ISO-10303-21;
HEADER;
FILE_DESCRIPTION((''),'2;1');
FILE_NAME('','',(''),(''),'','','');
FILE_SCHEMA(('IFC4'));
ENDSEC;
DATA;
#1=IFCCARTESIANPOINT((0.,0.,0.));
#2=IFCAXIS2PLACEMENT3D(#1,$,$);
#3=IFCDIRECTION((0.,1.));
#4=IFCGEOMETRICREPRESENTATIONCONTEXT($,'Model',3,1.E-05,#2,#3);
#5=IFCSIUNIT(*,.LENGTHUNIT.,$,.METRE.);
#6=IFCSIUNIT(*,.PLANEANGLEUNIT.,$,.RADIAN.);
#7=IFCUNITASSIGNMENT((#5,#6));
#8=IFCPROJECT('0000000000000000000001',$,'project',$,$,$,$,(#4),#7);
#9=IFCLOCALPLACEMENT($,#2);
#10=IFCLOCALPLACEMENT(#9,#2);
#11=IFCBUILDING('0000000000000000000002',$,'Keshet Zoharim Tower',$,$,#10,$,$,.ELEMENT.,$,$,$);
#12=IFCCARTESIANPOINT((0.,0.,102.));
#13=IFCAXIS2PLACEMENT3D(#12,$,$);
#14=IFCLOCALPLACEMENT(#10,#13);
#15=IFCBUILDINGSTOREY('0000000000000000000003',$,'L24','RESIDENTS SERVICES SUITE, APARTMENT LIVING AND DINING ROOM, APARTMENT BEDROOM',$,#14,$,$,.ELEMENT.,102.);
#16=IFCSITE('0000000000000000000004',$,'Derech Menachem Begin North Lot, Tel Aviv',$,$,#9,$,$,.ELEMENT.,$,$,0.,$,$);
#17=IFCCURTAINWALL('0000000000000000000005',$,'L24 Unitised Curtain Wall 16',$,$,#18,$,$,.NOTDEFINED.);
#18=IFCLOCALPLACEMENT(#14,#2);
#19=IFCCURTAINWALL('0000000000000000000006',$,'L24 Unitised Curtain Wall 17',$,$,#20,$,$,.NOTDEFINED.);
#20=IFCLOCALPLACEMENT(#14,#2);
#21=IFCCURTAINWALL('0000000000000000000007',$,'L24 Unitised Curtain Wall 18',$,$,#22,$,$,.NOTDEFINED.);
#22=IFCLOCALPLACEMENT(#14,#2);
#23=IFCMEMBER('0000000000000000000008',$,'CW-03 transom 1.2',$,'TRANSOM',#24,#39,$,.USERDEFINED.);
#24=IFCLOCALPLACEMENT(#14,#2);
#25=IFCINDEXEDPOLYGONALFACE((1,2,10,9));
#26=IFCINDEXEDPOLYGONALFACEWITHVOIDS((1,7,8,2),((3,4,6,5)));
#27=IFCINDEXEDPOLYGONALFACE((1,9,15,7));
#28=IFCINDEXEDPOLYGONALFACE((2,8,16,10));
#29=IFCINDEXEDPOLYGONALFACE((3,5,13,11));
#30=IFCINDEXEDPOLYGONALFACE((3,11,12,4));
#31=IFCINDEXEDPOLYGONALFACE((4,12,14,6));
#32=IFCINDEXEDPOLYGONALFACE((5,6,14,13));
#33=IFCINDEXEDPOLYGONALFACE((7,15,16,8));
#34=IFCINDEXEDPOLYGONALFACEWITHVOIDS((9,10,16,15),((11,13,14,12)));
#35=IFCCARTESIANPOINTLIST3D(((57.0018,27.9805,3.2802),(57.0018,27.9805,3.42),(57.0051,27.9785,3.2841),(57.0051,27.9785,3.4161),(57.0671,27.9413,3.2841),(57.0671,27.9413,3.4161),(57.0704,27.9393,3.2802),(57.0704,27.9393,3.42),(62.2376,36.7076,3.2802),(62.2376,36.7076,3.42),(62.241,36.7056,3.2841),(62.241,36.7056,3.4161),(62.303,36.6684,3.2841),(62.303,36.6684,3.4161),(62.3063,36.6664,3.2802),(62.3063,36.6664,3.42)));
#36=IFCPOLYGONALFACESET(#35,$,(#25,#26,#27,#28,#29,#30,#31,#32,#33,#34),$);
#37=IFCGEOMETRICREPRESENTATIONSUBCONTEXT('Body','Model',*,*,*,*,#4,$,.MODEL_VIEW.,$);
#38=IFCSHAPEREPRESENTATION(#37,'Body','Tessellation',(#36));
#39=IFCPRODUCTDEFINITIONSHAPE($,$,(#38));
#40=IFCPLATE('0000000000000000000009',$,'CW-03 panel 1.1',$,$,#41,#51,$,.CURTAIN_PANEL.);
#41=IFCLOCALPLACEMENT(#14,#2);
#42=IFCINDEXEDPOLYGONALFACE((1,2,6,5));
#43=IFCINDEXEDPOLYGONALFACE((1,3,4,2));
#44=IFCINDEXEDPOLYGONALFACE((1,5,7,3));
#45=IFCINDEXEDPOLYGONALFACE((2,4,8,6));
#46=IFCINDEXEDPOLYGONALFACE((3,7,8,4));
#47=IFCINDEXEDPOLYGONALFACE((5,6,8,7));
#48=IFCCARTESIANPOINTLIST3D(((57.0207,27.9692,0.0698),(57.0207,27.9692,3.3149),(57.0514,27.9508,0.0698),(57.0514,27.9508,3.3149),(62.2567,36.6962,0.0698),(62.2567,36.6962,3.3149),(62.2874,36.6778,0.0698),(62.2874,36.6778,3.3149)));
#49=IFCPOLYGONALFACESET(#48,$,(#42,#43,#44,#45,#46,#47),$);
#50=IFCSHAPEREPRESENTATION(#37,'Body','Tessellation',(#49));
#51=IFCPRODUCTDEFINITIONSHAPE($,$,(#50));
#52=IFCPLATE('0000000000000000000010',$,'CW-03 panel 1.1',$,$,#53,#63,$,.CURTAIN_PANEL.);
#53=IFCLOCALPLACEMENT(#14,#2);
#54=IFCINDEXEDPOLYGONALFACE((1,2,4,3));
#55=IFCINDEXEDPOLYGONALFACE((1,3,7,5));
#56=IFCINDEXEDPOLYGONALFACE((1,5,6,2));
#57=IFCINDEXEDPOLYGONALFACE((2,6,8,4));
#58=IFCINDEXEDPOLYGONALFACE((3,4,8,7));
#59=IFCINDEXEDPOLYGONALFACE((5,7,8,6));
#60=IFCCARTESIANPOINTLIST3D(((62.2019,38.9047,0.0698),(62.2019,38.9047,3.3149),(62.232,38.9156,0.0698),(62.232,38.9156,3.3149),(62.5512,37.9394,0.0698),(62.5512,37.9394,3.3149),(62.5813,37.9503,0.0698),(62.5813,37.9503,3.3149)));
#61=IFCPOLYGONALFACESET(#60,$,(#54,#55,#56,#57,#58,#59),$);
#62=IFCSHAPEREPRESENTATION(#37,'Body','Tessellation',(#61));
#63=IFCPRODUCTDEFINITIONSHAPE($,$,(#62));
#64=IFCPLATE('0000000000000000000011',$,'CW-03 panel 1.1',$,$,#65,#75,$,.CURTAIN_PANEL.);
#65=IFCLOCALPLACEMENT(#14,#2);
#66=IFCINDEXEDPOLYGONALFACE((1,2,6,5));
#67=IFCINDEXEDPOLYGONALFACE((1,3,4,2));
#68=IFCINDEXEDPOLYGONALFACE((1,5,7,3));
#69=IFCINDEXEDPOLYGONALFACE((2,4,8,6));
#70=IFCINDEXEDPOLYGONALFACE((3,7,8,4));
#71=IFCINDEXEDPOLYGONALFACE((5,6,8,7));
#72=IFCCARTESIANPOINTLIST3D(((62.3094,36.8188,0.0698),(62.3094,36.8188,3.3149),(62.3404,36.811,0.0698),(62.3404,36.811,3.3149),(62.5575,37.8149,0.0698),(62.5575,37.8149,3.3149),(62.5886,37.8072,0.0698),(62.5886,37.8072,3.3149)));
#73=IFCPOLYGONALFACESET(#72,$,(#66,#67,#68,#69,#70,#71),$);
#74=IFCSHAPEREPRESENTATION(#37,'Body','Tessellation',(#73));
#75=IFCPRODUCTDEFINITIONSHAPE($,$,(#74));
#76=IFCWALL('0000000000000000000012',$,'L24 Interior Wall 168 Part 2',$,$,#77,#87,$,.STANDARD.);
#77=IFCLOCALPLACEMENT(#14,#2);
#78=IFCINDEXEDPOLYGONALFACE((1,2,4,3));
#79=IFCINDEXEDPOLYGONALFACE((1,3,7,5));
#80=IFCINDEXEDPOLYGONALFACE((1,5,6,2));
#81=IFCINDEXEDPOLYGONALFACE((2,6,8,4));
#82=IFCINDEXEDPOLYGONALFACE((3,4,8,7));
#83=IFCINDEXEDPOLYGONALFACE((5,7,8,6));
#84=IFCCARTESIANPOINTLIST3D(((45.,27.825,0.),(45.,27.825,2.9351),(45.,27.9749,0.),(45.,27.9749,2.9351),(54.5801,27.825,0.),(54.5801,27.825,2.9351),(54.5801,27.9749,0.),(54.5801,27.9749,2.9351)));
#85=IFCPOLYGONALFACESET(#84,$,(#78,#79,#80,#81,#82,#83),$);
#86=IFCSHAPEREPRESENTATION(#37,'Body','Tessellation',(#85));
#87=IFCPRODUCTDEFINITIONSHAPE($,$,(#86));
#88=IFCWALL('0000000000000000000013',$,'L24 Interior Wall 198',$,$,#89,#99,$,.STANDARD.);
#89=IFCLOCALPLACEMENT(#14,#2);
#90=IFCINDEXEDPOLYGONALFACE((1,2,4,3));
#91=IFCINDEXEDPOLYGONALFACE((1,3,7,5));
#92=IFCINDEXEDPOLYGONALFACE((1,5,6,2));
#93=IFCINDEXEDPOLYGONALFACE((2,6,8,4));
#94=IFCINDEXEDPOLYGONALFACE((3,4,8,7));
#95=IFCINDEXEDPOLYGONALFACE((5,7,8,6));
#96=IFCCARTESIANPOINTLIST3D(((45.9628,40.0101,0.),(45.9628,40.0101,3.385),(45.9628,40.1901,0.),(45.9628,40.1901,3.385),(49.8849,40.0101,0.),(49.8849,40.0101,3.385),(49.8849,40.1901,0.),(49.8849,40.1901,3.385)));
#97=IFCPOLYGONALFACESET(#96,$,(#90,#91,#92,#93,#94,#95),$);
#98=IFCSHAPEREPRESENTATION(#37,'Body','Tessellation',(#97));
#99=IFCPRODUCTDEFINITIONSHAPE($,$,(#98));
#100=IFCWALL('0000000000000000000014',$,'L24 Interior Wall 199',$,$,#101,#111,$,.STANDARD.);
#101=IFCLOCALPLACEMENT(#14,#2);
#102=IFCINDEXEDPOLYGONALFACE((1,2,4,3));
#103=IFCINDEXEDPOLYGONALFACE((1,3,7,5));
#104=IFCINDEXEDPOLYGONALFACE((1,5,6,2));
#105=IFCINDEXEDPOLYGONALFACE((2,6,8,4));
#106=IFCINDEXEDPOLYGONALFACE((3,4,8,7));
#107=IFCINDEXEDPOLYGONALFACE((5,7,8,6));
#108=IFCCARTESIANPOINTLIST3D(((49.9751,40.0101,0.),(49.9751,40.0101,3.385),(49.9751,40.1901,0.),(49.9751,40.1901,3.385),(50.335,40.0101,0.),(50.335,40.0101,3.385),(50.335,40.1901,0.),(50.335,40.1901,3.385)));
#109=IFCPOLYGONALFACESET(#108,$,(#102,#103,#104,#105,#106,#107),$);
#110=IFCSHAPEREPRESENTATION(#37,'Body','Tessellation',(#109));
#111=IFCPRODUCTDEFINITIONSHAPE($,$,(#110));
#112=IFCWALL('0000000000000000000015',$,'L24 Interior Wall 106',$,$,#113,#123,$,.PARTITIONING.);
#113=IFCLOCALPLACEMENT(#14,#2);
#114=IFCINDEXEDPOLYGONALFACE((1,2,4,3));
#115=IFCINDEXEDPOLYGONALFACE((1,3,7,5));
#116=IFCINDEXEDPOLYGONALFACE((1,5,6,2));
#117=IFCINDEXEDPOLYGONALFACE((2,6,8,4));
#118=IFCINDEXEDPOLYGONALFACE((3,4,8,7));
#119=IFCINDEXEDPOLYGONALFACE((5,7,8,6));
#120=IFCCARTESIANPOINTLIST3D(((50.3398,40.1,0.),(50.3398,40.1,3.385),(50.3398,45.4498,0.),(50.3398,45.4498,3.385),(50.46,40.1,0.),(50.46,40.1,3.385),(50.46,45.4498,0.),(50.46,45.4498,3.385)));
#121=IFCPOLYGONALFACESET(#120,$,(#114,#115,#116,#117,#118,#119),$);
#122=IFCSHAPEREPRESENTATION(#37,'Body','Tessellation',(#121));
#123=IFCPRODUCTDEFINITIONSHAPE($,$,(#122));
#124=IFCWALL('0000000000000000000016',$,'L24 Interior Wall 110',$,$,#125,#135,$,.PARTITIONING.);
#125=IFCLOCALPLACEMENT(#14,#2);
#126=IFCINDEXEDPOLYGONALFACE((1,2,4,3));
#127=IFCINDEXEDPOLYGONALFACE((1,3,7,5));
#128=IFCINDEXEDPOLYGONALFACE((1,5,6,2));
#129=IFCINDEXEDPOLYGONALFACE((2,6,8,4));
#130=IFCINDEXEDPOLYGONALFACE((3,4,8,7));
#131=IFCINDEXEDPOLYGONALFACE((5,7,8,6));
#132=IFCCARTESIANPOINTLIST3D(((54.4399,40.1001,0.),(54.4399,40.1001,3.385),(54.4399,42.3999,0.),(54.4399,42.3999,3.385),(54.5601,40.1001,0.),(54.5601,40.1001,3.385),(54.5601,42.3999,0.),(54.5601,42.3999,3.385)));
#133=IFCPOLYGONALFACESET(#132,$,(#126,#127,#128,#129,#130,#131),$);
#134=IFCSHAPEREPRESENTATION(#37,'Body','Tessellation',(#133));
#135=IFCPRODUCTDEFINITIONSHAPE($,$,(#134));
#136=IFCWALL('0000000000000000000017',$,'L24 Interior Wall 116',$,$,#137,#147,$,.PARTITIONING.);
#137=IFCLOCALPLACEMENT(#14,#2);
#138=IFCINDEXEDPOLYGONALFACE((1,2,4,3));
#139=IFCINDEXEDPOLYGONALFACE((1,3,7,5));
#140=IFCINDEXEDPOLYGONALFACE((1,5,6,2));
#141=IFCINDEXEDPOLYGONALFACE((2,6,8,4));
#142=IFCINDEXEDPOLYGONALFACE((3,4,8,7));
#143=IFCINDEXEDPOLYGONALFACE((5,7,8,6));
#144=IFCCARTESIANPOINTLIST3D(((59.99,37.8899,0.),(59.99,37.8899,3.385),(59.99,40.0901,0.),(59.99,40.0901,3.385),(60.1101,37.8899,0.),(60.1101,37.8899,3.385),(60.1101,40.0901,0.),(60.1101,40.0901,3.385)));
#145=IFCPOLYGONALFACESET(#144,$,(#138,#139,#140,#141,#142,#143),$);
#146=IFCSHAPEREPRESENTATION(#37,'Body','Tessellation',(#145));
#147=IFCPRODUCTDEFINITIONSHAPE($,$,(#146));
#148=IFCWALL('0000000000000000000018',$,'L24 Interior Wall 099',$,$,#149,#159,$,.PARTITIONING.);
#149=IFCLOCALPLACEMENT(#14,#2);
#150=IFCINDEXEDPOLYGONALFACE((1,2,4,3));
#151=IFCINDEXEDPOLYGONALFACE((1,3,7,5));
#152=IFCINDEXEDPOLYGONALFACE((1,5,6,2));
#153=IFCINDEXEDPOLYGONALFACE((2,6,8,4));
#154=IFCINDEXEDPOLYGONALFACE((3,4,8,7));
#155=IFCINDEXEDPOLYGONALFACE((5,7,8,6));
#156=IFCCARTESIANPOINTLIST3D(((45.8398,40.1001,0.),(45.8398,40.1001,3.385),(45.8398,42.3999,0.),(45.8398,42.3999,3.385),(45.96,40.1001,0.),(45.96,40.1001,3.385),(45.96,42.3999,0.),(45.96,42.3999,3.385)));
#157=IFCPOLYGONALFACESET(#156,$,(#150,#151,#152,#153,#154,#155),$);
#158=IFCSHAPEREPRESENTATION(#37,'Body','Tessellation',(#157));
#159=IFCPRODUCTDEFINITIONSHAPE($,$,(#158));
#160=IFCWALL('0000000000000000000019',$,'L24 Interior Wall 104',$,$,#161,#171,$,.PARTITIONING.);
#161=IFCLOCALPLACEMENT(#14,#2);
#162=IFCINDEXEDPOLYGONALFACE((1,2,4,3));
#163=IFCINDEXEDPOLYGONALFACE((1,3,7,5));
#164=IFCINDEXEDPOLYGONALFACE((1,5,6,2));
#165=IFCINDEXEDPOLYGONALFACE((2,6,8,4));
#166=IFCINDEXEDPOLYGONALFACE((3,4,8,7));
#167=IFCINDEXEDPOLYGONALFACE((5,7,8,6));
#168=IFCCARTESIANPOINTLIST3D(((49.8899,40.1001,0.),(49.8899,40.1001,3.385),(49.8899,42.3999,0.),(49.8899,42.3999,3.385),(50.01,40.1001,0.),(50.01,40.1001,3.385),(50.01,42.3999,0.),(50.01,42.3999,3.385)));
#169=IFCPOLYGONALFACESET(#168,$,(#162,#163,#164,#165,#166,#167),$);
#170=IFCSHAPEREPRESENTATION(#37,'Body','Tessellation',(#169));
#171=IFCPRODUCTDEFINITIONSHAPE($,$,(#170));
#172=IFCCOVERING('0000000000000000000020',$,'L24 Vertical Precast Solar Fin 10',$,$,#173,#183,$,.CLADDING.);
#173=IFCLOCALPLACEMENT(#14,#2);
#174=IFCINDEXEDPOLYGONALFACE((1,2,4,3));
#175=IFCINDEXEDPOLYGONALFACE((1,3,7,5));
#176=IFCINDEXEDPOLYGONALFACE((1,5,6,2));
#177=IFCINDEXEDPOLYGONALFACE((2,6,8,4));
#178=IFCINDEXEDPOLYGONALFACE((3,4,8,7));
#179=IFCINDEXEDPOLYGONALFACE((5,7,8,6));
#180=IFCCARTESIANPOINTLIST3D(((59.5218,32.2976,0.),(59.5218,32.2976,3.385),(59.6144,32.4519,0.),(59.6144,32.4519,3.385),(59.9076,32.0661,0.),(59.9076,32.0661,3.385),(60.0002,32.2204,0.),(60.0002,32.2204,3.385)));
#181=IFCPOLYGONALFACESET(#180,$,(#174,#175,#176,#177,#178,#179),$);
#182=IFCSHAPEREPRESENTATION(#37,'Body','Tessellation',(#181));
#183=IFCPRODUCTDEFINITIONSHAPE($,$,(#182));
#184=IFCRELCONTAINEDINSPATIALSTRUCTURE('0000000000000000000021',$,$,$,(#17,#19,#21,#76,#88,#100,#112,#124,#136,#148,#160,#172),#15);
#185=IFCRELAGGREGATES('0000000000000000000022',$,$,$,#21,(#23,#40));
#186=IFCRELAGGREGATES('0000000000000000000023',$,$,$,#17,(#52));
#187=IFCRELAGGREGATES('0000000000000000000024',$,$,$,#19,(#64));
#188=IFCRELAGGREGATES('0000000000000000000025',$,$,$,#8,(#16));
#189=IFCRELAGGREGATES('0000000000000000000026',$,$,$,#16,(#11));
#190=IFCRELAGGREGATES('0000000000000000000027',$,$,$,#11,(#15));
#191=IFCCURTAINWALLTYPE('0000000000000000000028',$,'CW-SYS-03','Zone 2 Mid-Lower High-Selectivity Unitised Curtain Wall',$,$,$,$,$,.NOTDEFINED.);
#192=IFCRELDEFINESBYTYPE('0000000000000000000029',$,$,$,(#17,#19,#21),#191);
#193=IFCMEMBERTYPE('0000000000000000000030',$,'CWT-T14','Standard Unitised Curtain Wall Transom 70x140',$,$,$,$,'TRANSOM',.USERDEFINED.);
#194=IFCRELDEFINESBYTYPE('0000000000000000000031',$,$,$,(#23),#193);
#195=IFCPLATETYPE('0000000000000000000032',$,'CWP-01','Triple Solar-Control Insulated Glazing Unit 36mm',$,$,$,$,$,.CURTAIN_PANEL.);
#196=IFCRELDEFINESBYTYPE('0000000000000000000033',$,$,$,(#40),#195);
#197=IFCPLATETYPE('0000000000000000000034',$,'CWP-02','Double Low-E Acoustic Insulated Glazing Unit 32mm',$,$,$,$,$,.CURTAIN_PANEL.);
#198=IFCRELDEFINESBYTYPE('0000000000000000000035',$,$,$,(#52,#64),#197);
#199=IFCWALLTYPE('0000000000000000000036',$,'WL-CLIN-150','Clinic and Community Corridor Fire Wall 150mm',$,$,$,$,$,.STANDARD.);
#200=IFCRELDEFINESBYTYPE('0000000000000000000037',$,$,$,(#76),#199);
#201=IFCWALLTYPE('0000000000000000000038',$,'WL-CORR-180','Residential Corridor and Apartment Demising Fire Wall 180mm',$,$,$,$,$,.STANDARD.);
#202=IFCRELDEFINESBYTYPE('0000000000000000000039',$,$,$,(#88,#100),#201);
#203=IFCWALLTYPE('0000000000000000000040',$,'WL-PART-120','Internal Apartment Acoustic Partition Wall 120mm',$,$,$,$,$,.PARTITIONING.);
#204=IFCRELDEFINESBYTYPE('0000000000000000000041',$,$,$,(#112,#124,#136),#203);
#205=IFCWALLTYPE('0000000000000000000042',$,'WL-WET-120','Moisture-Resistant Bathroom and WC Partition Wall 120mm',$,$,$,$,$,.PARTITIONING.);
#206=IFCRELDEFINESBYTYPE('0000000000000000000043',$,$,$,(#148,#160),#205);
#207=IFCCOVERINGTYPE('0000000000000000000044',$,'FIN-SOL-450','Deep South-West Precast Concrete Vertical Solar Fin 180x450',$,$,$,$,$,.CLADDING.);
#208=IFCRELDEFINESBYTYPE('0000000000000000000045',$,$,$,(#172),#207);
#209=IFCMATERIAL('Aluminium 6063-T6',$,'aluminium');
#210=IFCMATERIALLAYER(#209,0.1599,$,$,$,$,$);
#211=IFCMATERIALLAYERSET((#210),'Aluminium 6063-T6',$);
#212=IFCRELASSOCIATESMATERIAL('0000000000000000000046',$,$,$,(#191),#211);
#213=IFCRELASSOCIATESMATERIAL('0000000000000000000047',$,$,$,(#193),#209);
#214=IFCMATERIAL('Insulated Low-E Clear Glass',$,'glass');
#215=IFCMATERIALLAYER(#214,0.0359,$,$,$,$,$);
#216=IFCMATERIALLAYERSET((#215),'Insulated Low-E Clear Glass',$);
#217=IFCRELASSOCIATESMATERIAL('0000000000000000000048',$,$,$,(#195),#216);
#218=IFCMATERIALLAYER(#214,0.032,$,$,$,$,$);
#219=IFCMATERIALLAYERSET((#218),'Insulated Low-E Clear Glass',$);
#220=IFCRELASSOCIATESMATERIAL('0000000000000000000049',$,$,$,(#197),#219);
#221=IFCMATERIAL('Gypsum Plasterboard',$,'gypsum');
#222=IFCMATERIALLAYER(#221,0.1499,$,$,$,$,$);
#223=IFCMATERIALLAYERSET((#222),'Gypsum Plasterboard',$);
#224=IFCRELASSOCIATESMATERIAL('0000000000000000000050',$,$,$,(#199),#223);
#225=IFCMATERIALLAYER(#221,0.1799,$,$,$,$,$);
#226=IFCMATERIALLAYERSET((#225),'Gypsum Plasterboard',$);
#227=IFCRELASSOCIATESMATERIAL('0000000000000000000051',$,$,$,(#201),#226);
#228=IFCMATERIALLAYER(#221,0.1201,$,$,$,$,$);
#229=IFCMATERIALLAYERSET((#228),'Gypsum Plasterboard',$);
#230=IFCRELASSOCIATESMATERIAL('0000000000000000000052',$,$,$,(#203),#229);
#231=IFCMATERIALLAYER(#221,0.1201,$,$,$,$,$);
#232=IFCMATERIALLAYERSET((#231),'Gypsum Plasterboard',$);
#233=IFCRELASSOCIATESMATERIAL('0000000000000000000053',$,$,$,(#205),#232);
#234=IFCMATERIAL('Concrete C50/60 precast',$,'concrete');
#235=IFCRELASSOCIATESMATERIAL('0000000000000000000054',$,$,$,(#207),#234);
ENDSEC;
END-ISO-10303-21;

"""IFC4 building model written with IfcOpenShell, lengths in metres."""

from ifc_helpers import new_model, si_unit, direction, frame, frame_2d, origin, origin_2d, place, context, subcontext, project, spatial, rectangle, hollow_rectangle, extrude, material, layer, layer_set, material_profile, profile_set, type_object, element, aggregate, save


model = new_model("IFC4")

# Units and contexts
model_context = context("Model", 3, precision=1e-05, world=origin(), true_north=direction((0.0, 1.0)))
body_context = subcontext(model_context, "Body", "Model", "MODEL_VIEW")
ifc_project = project(units=[si_unit("LENGTHUNIT", "METRE"), si_unit("PLANEANGLEUNIT", "RADIAN")], contexts=[model_context])

# Site, building, storey
site_placement = place(None, origin())
site = spatial("IfcSite", under=ifc_project, at=site_placement, Name="Derech Menachem Begin North Lot, Tel Aviv", CompositionType="ELEMENT", RefElevation=0.0)
building_placement = place(site_placement, origin())
building = spatial("IfcBuilding", under=site, at=building_placement, Name="Keshet Zoharim Tower", CompositionType="ELEMENT")
storey_placement = place(building_placement, frame((0.0, 0.0, 102.0)))
storey = spatial("IfcBuildingStorey", under=building, at=storey_placement, Name="L24", Description="RESIDENTS SERVICES SUITE, APARTMENT LIVING AND DINING ROOM, APARTMENT BEDROOM", CompositionType="ELEMENT", Elevation=102.0)

# Shared definitions
ifc_material_1 = material(Name="Aluminium 6063-T6", Category="aluminium")
ifc_layer_1 = layer(ifc_material_1, 0.1599)
ifc_layer_set_1 = layer_set([ifc_layer_1], Name="Aluminium 6063-T6")
curtain_wall_type = type_object("IfcCurtainWallType", Name="CW-SYS-03", Description="Zone 2 Mid-Lower High-Selectivity Unitised Curtain Wall", PredefinedType="NOTDEFINED", material=ifc_layer_set_1)

# Curtain walls
curtain_wall_1_placement = place(storey_placement, origin())
curtain_wall_1 = element("IfcCurtainWall", 1, at=curtain_wall_1_placement, inside=storey, type_object=curtain_wall_type, Name="L24 Unitised Curtain Wall 16", PredefinedType="NOTDEFINED")
curtain_wall_2_placement = place(storey_placement, origin())
curtain_wall_2 = element("IfcCurtainWall", 2, at=curtain_wall_2_placement, inside=storey, type_object=curtain_wall_type, Name="L24 Unitised Curtain Wall 17", PredefinedType="NOTDEFINED")
curtain_wall_3_placement = place(storey_placement, origin())
curtain_wall_3 = element("IfcCurtainWall", 3, at=curtain_wall_3_placement, inside=storey, type_object=curtain_wall_type, Name="L24 Unitised Curtain Wall 18", PredefinedType="NOTDEFINED")

# Member
ifc_material_profile_1 = material_profile(ifc_material_1, hollow_rectangle(XDim=0.0801, YDim=0.1399, WallThickness=0.0039, at=origin_2d()), Name="TRN-80x140")
ifc_profile_set_1 = profile_set([ifc_material_profile_1], Name="Aluminium 6063-T6")
member_type_1 = type_object("IfcMemberType", Name="CWT-T14", Description="Standard Unitised Curtain Wall Transom 70x140", ElementType="TRANSOM", PredefinedType="USERDEFINED", material=ifc_profile_set_1)
member_1_placement = place(storey_placement, frame((62.272, 36.687, 3.3501), z_axis=(-0.514468, -0.85751, 0.0), x_axis=(0.85751, -0.514468, 0.0)))
member_1 = element("IfcMember", 4, at=member_1_placement, type_object=member_type_1, Name="CW-03 transom 1.2", ObjectType="TRANSOM", PredefinedType="USERDEFINED", context=body_context, shape_type="SweptSolid", body=[
    extrude(hollow_rectangle(XDim=0.0801, YDim=0.1399, WallThickness=0.0039, at=origin_2d()), origin(), (0.0, 0.0, 1.0), 10.1772),
])

# Plates
ifc_material_2 = material(Name="Insulated Low-E Clear Glass", Category="glass")
ifc_layer_2 = layer(ifc_material_2, 0.0359)
ifc_layer_set_2 = layer_set([ifc_layer_2], Name="Insulated Low-E Clear Glass")
plate_type_1 = type_object("IfcPlateType", Name="CWP-01", Description="Triple Solar-Control Insulated Glazing Unit 36mm", PredefinedType="CURTAIN_PANEL", material=ifc_layer_set_2)
plate_1_placement = place(storey_placement, frame((59.6541, 32.3235, 0.0698), z_axis=(0.0, 0.0, 1.0), x_axis=(-0.514482, -0.857501, 0.0)))
plate_1 = element("IfcPlate", 5, at=plate_1_placement, type_object=plate_type_1, Name="CW-03 panel 1.1", PredefinedType="CURTAIN_PANEL", context=body_context, shape_type="SweptSolid", body=[
    extrude(rectangle(XDim=10.1772, YDim=0.0359, at=origin_2d()), origin(), (0.0, 0.0, 1.0), 3.2451),
])
aggregate(curtain_wall_3, [member_1, plate_1])
ifc_layer_3 = layer(ifc_material_2, 0.032)
ifc_layer_set_3 = layer_set([ifc_layer_3], Name="Insulated Low-E Clear Glass")
plate_type_2 = type_object("IfcPlateType", Name="CWP-02", Description="Double Low-E Acoustic Insulated Glazing Unit 32mm", PredefinedType="CURTAIN_PANEL", material=ifc_layer_set_3)
plate_2_placement = place(storey_placement, frame((62.3916, 38.4275, 0.0698), z_axis=(0.0, 0.0, 1.0), x_axis=(0.340297, -0.940318, 0.0)))
plate_2 = element("IfcPlate", 6, at=plate_2_placement, type_object=plate_type_2, Name="CW-03 panel 1.1", PredefinedType="CURTAIN_PANEL", context=body_context, shape_type="SweptSolid", body=[
    extrude(rectangle(XDim=1.0266, YDim=0.032, at=origin_2d()), origin(), (0.0, 0.0, 1.0), 3.2451),
])
aggregate(curtain_wall_1, [plate_2])
plate_3_placement = place(storey_placement, frame((62.449, 37.313, 0.0698), z_axis=(0.0, 0.0, 1.0), x_axis=(-0.241729, -0.970344, 0.0)))
plate_3 = element("IfcPlate", 7, at=plate_3_placement, type_object=plate_type_2, Name="CW-03 panel 1.1", PredefinedType="CURTAIN_PANEL", context=body_context, shape_type="SweptSolid", body=[
    extrude(rectangle(XDim=1.0266, YDim=0.032, at=origin_2d()), origin(), (0.0, 0.0, 1.0), 3.2451),
])
aggregate(curtain_wall_2, [plate_3])

# Walls
ifc_material_3 = material(Name="Gypsum Plasterboard", Category="gypsum")
ifc_layer_4 = layer(ifc_material_3, 0.1499)
ifc_layer_set_4 = layer_set([ifc_layer_4], Name="Gypsum Plasterboard")
wall_type_1 = type_object("IfcWallType", Name="WL-CLIN-150", Description="Clinic and Community Corridor Fire Wall 150mm", PredefinedType="STANDARD", material=ifc_layer_set_4)
wall_1_placement = place(storey_placement, frame((45.0, 27.8999, 0.0), z_axis=(0.0, 0.0, 1.0), x_axis=(1.0, 0.0, 0.0)))
element("IfcWall", 8, at=wall_1_placement, inside=storey, type_object=wall_type_1, Name="L24 Interior Wall 168 Part 2", PredefinedType="STANDARD", context=body_context, shape_type="SweptSolid", body=[
    extrude(rectangle(XDim=9.5801, YDim=0.1499, at=frame_2d((4.79, 0.0))), origin(), (0.0, 0.0, 1.0), 2.9351),
])
ifc_layer_5 = layer(ifc_material_3, 0.1799)
ifc_layer_set_5 = layer_set([ifc_layer_5], Name="Gypsum Plasterboard")
wall_type_2 = type_object("IfcWallType", Name="WL-CORR-180", Description="Residential Corridor and Apartment Demising Fire Wall 180mm", PredefinedType="STANDARD", material=ifc_layer_set_5)
wall_2_placement = place(storey_placement, frame((45.9629, 40.1001, 0.0), z_axis=(0.0, 0.0, 1.0), x_axis=(1.0, 0.0, 0.0)))
element("IfcWall", 9, at=wall_2_placement, inside=storey, type_object=wall_type_2, Name="L24 Interior Wall 198", PredefinedType="STANDARD", context=body_context, shape_type="SweptSolid", body=[
    extrude(rectangle(XDim=3.9221, YDim=0.1799, at=frame_2d((1.9609, 0.0))), origin(), (0.0, 0.0, 1.0), 3.385),
])
wall_3_placement = place(storey_placement, frame((49.9751, 40.1001, 0.0), z_axis=(0.0, 0.0, 1.0), x_axis=(1.0, 0.0, 0.0)))
element("IfcWall", 10, at=wall_3_placement, inside=storey, type_object=wall_type_2, Name="L24 Interior Wall 199", PredefinedType="STANDARD", context=body_context, shape_type="SweptSolid", body=[
    extrude(rectangle(XDim=0.3599, YDim=0.1799, at=frame_2d((0.1799, 0.0))), origin(), (0.0, 0.0, 1.0), 3.385),
])

# Walls
ifc_layer_6 = layer(ifc_material_3, 0.1201)
ifc_layer_set_6 = layer_set([ifc_layer_6], Name="Gypsum Plasterboard")
wall_type_3 = type_object("IfcWallType", Name="WL-PART-120", Description="Internal Apartment Acoustic Partition Wall 120mm", PredefinedType="PARTITIONING", material=ifc_layer_set_6)
wall_4_placement = place(storey_placement, frame((50.3999, 40.1001, 0.0), z_axis=(0.0, 0.0, 1.0), x_axis=(0.0, 1.0, 0.0)))
element("IfcWall", 11, at=wall_4_placement, inside=storey, type_object=wall_type_3, Name="L24 Interior Wall 106", PredefinedType="PARTITIONING", context=body_context, shape_type="SweptSolid", body=[
    extrude(rectangle(XDim=5.3499, YDim=0.1201, at=frame_2d((2.6748, 0.0))), origin(), (0.0, 0.0, 1.0), 3.385),
])
wall_5_placement = place(storey_placement, frame((54.5, 40.1001, 0.0), z_axis=(0.0, 0.0, 1.0), x_axis=(0.0, 1.0, 0.0)))
element("IfcWall", 12, at=wall_5_placement, inside=storey, type_object=wall_type_3, Name="L24 Interior Wall 110", PredefinedType="PARTITIONING", context=body_context, shape_type="SweptSolid", body=[
    extrude(rectangle(XDim=2.2998, YDim=0.1201, at=frame_2d((1.1499, 0.0))), origin(), (0.0, 0.0, 1.0), 3.385),
])
wall_6_placement = place(storey_placement, frame((60.05, 37.8899, 0.0), z_axis=(0.0, 0.0, 1.0), x_axis=(0.0, 1.0, 0.0)))
element("IfcWall", 13, at=wall_6_placement, inside=storey, type_object=wall_type_3, Name="L24 Interior Wall 116", PredefinedType="PARTITIONING", context=body_context, shape_type="SweptSolid", body=[
    extrude(rectangle(XDim=2.2002, YDim=0.1201, at=frame_2d((1.1001, 0.0))), origin(), (0.0, 0.0, 1.0), 3.385),
])
ifc_layer_7 = layer(ifc_material_3, 0.1201)
ifc_layer_set_7 = layer_set([ifc_layer_7], Name="Gypsum Plasterboard")
wall_type_4 = type_object("IfcWallType", Name="WL-WET-120", Description="Moisture-Resistant Bathroom and WC Partition Wall 120mm", PredefinedType="PARTITIONING", material=ifc_layer_set_7)
for number, where, z_axis, x_axis, name in (
    (14, (45.8999, 40.1001, 0.0), (0.0, 0.0, 1.0), (0.0, 1.0, 0.0), "L24 Interior Wall 099"),
    (15, (49.95, 40.1001, 0.0), (0.0, 0.0, 1.0), (0.0, 1.0, 0.0), "L24 Interior Wall 104"),
):
    element("IfcWall", number, at=place(storey_placement, frame(where, z_axis=z_axis, x_axis=x_axis)), inside=storey, type_object=wall_type_4, Name=name, PredefinedType="PARTITIONING", context=body_context, shape_type="SweptSolid", body=[
        extrude(rectangle(XDim=2.2998, YDim=0.1201, at=frame_2d((1.1499, 0.0))), origin(), (0.0, 0.0, 1.0), 3.385),
    ])

# Covering
ifc_material_4 = material(Name="Concrete C50/60 precast", Category="concrete")
covering_type = type_object("IfcCoveringType", Name="FIN-SOL-450", Description="Deep South-West Precast Concrete Vertical Solar Fin 180x450", PredefinedType="CLADDING", material=ifc_material_4)
covering_placement = place(storey_placement, frame((59.761, 32.259, 0.0), z_axis=(0.0, 0.0, 1.0), x_axis=(-0.514482, -0.857501, 0.0)))
element("IfcCovering", 16, at=covering_placement, inside=storey, type_object=covering_type, Name="L24 Vertical Precast Solar Fin 10", PredefinedType="CLADDING", context=body_context, shape_type="SweptSolid", body=[
    extrude(rectangle(XDim=0.1799, YDim=0.45, at=origin_2d()), origin(), (0.0, 0.0, 1.0), 3.385),
])

save(model, "model.ifc")
